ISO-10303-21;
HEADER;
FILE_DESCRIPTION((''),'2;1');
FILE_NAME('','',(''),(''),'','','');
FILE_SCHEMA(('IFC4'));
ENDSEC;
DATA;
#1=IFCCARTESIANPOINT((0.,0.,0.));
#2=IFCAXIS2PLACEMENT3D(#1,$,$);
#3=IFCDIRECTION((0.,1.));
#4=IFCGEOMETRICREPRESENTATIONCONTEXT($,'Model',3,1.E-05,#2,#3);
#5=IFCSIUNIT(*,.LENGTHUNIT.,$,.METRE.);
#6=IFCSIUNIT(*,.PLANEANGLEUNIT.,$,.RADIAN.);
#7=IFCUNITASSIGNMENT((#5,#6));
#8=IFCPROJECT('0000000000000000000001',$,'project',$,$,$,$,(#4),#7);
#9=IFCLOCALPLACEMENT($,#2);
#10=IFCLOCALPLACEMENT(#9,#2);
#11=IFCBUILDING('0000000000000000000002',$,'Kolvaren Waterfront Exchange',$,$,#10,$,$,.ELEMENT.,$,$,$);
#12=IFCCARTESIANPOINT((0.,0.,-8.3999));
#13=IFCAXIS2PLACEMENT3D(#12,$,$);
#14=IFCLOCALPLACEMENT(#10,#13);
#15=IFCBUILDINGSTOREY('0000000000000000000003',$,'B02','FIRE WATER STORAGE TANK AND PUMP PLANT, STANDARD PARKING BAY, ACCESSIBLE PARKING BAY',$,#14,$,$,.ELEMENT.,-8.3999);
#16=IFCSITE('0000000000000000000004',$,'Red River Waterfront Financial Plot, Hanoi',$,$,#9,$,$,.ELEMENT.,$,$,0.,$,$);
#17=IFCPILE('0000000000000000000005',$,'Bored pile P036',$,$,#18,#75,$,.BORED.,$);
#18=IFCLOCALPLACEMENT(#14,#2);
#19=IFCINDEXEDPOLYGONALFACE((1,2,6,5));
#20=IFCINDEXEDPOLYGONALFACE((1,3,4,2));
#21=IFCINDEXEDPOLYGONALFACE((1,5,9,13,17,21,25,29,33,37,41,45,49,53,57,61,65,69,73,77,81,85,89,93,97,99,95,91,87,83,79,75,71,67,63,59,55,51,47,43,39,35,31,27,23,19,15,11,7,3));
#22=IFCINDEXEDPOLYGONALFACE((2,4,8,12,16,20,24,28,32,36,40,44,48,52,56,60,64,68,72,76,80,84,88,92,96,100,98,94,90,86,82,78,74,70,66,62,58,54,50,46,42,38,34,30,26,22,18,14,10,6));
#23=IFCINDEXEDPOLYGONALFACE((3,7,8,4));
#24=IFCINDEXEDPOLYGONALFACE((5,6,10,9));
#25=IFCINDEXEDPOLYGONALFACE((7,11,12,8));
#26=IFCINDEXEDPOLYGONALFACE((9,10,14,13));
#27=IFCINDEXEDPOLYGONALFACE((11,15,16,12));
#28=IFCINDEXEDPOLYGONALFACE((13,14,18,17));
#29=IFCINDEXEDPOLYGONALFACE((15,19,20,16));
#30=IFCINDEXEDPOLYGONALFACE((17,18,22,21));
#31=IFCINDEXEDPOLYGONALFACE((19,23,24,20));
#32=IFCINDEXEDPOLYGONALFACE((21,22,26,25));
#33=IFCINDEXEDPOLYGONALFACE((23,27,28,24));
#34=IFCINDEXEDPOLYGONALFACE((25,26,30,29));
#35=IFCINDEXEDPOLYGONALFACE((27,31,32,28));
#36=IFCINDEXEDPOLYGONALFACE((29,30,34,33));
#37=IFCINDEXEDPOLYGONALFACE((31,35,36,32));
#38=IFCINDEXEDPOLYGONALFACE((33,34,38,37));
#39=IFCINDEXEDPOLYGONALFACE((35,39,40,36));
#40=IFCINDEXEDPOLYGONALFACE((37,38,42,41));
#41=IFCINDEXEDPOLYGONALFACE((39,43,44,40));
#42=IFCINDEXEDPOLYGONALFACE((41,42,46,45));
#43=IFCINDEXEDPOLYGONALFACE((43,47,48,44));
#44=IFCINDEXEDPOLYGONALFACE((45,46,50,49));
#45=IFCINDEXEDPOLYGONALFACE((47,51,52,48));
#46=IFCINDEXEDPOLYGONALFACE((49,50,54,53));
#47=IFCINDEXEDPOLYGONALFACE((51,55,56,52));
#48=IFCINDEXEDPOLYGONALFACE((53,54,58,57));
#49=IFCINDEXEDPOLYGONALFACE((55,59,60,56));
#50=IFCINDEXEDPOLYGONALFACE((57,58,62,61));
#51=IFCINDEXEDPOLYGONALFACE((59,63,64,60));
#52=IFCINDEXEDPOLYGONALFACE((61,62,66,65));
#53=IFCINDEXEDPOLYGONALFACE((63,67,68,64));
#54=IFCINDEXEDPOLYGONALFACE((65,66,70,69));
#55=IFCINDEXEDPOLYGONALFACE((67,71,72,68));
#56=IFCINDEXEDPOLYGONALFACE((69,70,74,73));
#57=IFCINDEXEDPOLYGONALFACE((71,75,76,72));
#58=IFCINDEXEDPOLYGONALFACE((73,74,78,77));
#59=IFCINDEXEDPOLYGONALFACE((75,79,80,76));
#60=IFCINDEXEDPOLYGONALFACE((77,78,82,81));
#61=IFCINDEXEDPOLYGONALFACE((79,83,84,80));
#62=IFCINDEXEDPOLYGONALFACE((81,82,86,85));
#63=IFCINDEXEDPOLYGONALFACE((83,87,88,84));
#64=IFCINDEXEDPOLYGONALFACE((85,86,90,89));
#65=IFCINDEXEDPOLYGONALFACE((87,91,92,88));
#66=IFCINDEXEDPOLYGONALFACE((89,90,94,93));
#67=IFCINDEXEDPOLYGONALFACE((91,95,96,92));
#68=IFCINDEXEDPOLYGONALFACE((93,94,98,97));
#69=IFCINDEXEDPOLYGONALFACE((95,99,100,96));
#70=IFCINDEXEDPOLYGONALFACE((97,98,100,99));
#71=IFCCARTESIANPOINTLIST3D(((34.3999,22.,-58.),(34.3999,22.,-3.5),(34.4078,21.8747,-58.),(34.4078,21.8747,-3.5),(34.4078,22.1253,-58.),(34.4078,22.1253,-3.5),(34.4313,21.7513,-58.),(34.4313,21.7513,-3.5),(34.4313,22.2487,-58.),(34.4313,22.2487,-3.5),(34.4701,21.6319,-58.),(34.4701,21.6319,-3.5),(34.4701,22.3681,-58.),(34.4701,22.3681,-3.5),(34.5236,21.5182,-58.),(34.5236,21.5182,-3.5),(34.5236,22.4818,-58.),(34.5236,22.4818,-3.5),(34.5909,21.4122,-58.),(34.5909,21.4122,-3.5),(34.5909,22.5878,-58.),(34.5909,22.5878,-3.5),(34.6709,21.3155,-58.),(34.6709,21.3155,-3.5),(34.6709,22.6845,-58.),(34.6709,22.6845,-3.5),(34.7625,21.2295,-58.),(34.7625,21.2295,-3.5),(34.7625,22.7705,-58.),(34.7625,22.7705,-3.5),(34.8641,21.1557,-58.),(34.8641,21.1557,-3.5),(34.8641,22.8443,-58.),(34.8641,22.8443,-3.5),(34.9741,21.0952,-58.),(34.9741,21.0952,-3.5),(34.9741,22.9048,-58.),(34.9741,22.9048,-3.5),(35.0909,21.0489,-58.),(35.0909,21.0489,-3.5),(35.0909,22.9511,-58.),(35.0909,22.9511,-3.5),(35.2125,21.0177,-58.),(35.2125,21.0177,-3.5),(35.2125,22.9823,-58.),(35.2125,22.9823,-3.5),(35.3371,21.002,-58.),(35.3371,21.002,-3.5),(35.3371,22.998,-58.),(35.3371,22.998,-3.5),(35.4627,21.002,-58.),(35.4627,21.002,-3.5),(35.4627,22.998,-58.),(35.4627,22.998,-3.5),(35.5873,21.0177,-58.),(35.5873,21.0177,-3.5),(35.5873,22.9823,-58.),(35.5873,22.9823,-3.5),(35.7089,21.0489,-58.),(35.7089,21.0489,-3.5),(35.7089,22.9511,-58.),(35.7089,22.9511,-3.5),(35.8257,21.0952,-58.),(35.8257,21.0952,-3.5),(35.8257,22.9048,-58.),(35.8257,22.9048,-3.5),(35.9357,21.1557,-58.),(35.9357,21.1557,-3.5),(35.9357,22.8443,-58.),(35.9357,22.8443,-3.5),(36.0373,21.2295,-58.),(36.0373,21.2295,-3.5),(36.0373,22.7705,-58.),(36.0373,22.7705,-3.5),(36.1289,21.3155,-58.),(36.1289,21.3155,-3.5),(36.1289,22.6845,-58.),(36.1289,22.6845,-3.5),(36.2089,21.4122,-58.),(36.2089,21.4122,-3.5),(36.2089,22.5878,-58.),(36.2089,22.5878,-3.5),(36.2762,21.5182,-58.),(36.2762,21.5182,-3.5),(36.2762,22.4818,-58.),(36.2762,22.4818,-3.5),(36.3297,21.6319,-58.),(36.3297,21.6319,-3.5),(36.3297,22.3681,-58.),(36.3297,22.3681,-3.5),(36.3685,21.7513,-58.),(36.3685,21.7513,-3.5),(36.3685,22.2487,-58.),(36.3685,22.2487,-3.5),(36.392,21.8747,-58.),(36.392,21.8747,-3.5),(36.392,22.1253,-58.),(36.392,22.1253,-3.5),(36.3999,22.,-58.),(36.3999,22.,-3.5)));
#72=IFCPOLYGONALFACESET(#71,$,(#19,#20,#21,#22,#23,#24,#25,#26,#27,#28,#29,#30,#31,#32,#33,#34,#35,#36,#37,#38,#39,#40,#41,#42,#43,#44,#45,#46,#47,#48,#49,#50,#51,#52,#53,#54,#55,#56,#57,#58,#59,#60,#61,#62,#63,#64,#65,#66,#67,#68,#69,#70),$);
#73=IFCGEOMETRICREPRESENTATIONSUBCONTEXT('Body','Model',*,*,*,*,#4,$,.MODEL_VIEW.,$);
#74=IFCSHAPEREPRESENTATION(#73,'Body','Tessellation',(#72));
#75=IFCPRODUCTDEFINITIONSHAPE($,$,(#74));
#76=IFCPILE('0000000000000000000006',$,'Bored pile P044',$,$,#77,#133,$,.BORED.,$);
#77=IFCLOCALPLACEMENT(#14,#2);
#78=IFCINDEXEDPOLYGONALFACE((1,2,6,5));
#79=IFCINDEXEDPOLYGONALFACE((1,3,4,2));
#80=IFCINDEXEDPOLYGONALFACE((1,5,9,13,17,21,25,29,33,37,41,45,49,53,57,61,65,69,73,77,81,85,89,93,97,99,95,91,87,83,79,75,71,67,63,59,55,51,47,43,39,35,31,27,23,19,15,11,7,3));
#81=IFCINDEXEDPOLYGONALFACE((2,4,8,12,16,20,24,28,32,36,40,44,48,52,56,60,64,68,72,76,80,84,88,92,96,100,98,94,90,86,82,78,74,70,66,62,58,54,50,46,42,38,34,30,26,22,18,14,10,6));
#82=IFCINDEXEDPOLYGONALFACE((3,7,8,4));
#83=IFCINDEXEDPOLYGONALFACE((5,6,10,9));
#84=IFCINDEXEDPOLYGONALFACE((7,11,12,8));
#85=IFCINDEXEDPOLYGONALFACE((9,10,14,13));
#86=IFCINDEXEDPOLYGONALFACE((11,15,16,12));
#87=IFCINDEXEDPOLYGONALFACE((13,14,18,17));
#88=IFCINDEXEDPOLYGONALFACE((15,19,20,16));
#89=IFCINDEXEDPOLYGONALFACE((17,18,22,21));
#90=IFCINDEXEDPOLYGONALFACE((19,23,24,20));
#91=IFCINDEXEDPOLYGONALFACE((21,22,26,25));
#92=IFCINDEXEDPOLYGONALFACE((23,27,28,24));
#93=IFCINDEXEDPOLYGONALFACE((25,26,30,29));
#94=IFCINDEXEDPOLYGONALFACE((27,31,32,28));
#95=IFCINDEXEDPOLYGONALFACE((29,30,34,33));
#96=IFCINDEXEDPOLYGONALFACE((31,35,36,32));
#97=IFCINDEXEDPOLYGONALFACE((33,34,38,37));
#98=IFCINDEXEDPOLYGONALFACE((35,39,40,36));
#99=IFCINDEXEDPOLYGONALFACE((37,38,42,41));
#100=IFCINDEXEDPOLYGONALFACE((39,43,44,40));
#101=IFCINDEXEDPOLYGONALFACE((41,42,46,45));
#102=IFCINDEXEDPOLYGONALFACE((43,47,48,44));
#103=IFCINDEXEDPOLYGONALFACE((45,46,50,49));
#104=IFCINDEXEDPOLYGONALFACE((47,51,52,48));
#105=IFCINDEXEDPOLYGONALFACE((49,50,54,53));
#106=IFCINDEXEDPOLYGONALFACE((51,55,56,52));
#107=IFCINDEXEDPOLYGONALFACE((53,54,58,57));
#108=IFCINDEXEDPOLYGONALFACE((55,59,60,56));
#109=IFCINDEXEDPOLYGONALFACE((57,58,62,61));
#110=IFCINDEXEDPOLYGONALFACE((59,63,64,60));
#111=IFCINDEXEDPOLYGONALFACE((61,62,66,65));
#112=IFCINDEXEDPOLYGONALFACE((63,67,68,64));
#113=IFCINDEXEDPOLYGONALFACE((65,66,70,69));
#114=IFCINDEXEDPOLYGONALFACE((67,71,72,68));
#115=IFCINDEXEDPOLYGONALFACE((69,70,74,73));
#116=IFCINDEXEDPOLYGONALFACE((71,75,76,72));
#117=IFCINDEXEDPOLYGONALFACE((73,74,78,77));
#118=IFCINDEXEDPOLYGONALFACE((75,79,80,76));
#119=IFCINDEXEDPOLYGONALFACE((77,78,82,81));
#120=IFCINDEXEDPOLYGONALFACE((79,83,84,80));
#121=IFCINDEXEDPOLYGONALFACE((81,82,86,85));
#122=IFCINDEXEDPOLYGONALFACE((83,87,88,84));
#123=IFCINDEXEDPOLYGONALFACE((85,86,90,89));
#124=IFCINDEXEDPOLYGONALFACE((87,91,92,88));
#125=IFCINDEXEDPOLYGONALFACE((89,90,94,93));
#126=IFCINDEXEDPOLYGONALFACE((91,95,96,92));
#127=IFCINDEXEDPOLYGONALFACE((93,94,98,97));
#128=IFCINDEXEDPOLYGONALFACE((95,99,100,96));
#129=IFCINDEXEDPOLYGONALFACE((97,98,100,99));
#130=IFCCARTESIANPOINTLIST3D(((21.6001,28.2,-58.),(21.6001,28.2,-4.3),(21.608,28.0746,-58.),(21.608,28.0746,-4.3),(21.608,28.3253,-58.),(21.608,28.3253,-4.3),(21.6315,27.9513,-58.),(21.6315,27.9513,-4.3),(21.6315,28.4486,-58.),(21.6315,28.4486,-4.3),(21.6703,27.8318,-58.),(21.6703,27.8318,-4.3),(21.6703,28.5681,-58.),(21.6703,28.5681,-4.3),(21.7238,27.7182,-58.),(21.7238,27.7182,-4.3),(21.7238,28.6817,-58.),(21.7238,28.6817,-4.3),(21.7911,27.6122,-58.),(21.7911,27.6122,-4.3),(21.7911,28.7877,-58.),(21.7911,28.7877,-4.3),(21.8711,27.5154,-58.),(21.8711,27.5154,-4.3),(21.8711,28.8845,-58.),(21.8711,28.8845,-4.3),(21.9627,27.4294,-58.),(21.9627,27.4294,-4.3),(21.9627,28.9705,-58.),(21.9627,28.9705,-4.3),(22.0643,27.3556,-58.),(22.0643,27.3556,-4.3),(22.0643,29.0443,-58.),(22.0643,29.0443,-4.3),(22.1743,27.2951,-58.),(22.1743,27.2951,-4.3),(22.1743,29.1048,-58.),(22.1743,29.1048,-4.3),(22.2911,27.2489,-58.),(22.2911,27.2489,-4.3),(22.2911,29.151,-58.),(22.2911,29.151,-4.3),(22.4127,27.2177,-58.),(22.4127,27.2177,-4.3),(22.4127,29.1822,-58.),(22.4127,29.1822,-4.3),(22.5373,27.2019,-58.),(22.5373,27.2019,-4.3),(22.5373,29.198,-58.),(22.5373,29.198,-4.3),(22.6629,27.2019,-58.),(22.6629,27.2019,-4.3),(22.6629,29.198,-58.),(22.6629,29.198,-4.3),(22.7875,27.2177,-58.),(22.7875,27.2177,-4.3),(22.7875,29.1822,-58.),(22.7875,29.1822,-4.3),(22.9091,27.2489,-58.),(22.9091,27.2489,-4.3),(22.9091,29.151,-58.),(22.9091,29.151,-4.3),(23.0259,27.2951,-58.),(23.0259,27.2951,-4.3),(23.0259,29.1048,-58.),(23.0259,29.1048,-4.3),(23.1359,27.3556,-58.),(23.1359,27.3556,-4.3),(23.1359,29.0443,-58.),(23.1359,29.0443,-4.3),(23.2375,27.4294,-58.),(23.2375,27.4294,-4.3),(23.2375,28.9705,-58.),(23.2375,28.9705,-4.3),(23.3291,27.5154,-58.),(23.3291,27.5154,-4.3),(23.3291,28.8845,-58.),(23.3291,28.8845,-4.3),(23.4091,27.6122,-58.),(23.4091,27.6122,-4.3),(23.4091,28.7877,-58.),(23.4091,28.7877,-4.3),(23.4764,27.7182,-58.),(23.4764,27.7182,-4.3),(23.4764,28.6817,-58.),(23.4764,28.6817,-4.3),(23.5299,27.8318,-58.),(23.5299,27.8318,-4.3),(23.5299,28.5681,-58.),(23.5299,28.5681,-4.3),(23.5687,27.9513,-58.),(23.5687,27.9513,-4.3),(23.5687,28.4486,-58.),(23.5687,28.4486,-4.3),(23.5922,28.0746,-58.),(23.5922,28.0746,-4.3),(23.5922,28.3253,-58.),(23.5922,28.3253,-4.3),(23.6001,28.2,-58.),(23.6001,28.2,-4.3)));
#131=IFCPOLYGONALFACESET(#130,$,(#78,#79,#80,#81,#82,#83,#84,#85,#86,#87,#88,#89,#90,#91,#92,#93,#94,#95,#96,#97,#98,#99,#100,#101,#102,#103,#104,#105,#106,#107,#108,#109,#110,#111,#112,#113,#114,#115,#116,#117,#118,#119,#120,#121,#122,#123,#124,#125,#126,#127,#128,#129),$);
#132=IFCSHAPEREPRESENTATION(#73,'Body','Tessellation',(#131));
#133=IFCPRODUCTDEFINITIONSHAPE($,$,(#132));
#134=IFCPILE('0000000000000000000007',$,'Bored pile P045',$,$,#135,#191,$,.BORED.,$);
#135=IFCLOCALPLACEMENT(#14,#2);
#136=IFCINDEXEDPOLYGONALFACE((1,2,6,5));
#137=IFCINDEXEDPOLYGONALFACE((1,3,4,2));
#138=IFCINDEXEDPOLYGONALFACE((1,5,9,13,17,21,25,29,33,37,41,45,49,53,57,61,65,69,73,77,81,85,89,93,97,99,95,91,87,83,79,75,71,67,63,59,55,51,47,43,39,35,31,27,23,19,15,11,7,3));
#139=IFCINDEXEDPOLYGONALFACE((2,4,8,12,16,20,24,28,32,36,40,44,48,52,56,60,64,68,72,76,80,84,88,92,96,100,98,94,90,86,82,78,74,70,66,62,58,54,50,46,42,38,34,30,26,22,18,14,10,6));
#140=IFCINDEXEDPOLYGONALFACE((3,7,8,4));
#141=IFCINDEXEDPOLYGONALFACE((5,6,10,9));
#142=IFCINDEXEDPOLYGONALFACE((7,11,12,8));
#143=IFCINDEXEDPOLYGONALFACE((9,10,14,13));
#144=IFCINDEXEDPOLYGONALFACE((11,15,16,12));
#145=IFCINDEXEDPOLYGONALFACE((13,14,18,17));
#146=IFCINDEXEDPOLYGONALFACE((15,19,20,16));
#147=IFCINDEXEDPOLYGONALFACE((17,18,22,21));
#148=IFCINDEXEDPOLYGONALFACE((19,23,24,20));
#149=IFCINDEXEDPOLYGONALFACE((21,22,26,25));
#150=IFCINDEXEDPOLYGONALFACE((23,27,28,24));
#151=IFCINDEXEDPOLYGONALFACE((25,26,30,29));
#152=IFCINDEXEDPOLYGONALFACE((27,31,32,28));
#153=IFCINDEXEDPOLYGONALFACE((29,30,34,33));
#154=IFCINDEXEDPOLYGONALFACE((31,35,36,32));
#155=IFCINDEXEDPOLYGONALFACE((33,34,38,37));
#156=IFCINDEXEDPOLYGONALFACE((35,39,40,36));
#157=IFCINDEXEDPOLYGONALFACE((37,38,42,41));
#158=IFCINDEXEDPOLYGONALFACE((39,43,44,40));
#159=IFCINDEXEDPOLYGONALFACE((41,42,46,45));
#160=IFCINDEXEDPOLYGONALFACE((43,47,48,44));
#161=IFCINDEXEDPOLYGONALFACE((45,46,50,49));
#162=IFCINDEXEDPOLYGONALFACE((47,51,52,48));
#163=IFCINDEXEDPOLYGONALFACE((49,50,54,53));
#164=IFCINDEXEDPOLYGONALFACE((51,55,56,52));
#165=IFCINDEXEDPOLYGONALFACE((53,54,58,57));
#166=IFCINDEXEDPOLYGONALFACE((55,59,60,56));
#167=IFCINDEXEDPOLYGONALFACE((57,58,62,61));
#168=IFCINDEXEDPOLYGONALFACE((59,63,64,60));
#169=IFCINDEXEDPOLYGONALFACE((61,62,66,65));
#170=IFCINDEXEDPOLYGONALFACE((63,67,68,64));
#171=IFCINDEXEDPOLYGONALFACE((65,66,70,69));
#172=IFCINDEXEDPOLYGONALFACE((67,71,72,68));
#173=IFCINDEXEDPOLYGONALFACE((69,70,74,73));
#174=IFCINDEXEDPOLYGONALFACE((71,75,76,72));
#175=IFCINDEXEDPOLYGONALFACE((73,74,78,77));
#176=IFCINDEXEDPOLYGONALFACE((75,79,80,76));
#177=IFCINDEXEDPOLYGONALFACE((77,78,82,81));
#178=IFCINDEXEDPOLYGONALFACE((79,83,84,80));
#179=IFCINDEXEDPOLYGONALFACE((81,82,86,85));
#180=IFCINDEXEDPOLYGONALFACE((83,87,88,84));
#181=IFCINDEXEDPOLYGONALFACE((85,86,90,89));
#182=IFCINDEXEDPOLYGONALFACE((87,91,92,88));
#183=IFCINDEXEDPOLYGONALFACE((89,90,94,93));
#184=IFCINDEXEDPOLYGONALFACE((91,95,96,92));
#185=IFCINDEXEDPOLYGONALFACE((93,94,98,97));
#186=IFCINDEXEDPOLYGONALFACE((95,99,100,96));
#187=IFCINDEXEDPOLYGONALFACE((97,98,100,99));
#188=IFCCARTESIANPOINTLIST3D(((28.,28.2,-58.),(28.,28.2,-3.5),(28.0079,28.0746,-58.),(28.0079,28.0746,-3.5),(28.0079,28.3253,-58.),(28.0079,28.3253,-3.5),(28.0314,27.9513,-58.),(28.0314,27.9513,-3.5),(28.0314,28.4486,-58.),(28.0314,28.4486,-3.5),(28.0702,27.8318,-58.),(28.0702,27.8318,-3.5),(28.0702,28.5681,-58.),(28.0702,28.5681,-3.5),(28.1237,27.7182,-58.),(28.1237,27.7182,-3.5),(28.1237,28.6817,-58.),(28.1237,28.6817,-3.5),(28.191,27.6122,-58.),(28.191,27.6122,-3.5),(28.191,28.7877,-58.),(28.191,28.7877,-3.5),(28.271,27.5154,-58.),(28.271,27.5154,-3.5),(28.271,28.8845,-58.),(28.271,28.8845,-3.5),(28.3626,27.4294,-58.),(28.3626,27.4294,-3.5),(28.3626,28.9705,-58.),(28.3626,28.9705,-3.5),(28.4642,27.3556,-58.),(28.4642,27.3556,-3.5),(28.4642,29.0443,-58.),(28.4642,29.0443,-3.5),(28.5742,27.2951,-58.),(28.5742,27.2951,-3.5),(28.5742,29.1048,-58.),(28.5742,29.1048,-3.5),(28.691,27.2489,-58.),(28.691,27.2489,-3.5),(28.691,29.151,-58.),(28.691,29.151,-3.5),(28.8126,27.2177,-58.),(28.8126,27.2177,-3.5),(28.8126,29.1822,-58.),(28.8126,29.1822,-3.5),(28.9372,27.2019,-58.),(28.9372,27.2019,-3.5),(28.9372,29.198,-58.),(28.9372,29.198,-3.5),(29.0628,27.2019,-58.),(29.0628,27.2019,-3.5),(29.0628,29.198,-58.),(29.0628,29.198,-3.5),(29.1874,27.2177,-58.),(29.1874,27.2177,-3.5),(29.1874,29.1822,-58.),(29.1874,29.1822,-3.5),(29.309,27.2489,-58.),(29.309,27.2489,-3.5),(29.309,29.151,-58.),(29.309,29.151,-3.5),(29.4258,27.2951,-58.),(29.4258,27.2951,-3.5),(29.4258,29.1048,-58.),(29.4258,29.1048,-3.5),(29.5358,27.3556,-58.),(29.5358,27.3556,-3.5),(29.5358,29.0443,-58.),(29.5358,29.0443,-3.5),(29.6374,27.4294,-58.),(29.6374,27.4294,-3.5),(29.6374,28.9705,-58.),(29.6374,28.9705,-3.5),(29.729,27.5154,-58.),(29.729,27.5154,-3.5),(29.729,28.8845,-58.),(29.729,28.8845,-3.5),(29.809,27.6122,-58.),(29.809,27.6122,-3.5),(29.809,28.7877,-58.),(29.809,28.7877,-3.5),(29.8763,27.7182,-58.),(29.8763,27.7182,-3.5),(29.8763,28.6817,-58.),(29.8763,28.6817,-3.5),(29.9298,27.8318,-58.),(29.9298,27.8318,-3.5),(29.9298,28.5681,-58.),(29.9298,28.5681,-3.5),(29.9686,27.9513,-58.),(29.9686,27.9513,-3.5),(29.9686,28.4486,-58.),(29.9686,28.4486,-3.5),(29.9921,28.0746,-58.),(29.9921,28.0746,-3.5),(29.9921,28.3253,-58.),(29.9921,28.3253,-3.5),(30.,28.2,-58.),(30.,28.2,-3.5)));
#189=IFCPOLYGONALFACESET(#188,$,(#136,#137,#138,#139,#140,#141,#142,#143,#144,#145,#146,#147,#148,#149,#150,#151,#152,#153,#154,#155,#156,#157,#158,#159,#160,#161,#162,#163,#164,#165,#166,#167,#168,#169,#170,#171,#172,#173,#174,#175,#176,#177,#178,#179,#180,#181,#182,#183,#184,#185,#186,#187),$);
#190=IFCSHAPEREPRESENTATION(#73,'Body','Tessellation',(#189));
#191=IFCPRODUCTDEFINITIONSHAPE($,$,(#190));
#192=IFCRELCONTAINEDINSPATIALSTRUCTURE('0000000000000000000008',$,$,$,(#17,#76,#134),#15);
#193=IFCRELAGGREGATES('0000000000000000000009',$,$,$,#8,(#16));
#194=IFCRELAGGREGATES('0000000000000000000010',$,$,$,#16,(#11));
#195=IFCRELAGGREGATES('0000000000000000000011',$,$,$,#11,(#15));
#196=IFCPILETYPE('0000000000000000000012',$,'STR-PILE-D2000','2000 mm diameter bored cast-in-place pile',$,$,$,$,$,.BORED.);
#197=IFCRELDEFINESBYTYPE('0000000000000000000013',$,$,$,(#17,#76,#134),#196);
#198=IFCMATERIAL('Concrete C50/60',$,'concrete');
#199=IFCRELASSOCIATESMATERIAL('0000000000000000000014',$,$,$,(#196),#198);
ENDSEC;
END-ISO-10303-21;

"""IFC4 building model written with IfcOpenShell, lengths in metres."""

from ifc_helpers import new_model, si_unit, direction, frame, origin, origin_2d, place, context, subcontext, project, spatial, circle, extrude, material, material_profile, profile_set, type_object, element, save


model = new_model("IFC4")

# Units and contexts
model_context = context("Model", 3, precision=1e-05, world=origin(), true_north=direction((0.0, 1.0)))
body_context = subcontext(model_context, "Body", "Model", "MODEL_VIEW")
ifc_project = project(units=[si_unit("LENGTHUNIT", "METRE"), si_unit("PLANEANGLEUNIT", "RADIAN")], contexts=[model_context])

# Site, building, storey
site_placement = place(None, origin())
site = spatial("IfcSite", under=ifc_project, at=site_placement, Name="Red River Waterfront Financial Plot, Hanoi", CompositionType="ELEMENT", RefElevation=0.0)
building_placement = place(site_placement, origin())
building = spatial("IfcBuilding", under=site, at=building_placement, Name="Kolvaren Waterfront Exchange", CompositionType="ELEMENT")
storey_placement = place(building_placement, frame((0.0, 0.0, -8.3999)))
storey = spatial("IfcBuildingStorey", under=building, at=storey_placement, Name="B02", Description="FIRE WATER STORAGE TANK AND PUMP PLANT, STANDARD PARKING BAY, ACCESSIBLE PARKING BAY", CompositionType="ELEMENT", Elevation=-8.3999)

# Piles
ifc_material_1 = material(Name="Concrete C50/60", Category="concrete")
ifc_material_profile_1 = material_profile(ifc_material_1, circle(Radius=1.0, at=origin_2d()), Name="RC-PILE-D2000")
ifc_profile_set_1 = profile_set([ifc_material_profile_1], Name="Concrete C50/60")
pile_type = type_object("IfcPileType", Name="STR-PILE-D2000", Description="2000 mm diameter bored cast-in-place pile", PredefinedType="BORED", material=ifc_profile_set_1)
for number, where, z_axis, x_axis, name in (
    (1, (35.3999, 22.0, -3.5), (0.0, 0.0, -1.0), (1.0, 0.0, 0.0), "Bored pile P036"),
):
    element("IfcPile", number, at=place(storey_placement, frame(where, z_axis=z_axis, x_axis=x_axis)), inside=storey, type_object=pile_type, Name=name, PredefinedType="BORED", context=body_context, shape_type="SweptSolid", body=[
        extrude(circle(Radius=1.0, at=origin_2d()), origin(), (0.0, 0.0, 1.0), 54.5),
    ])
pile_1_placement = place(storey_placement, frame((22.6001, 28.2, -4.3), z_axis=(0.0, 0.0, -1.0), x_axis=(1.0, 0.0, 0.0)))
element("IfcPile", 2, at=pile_1_placement, inside=storey, type_object=pile_type, Name="Bored pile P044", PredefinedType="BORED", context=body_context, shape_type="SweptSolid", body=[
    extrude(circle(Radius=1.0, at=origin_2d()), origin(), (0.0, 0.0, 1.0), 53.7),
])
for number, where, z_axis, x_axis, name in (
    (3, (29.0, 28.2, -3.5), (0.0, 0.0, -1.0), (1.0, 0.0, 0.0), "Bored pile P045"),
):
    element("IfcPile", number, at=place(storey_placement, frame(where, z_axis=z_axis, x_axis=x_axis)), inside=storey, type_object=pile_type, Name=name, PredefinedType="BORED", context=body_context, shape_type="SweptSolid", body=[
        extrude(circle(Radius=1.0, at=origin_2d()), origin(), (0.0, 0.0, 1.0), 54.5),
    ])

save(model, "model.ifc")
